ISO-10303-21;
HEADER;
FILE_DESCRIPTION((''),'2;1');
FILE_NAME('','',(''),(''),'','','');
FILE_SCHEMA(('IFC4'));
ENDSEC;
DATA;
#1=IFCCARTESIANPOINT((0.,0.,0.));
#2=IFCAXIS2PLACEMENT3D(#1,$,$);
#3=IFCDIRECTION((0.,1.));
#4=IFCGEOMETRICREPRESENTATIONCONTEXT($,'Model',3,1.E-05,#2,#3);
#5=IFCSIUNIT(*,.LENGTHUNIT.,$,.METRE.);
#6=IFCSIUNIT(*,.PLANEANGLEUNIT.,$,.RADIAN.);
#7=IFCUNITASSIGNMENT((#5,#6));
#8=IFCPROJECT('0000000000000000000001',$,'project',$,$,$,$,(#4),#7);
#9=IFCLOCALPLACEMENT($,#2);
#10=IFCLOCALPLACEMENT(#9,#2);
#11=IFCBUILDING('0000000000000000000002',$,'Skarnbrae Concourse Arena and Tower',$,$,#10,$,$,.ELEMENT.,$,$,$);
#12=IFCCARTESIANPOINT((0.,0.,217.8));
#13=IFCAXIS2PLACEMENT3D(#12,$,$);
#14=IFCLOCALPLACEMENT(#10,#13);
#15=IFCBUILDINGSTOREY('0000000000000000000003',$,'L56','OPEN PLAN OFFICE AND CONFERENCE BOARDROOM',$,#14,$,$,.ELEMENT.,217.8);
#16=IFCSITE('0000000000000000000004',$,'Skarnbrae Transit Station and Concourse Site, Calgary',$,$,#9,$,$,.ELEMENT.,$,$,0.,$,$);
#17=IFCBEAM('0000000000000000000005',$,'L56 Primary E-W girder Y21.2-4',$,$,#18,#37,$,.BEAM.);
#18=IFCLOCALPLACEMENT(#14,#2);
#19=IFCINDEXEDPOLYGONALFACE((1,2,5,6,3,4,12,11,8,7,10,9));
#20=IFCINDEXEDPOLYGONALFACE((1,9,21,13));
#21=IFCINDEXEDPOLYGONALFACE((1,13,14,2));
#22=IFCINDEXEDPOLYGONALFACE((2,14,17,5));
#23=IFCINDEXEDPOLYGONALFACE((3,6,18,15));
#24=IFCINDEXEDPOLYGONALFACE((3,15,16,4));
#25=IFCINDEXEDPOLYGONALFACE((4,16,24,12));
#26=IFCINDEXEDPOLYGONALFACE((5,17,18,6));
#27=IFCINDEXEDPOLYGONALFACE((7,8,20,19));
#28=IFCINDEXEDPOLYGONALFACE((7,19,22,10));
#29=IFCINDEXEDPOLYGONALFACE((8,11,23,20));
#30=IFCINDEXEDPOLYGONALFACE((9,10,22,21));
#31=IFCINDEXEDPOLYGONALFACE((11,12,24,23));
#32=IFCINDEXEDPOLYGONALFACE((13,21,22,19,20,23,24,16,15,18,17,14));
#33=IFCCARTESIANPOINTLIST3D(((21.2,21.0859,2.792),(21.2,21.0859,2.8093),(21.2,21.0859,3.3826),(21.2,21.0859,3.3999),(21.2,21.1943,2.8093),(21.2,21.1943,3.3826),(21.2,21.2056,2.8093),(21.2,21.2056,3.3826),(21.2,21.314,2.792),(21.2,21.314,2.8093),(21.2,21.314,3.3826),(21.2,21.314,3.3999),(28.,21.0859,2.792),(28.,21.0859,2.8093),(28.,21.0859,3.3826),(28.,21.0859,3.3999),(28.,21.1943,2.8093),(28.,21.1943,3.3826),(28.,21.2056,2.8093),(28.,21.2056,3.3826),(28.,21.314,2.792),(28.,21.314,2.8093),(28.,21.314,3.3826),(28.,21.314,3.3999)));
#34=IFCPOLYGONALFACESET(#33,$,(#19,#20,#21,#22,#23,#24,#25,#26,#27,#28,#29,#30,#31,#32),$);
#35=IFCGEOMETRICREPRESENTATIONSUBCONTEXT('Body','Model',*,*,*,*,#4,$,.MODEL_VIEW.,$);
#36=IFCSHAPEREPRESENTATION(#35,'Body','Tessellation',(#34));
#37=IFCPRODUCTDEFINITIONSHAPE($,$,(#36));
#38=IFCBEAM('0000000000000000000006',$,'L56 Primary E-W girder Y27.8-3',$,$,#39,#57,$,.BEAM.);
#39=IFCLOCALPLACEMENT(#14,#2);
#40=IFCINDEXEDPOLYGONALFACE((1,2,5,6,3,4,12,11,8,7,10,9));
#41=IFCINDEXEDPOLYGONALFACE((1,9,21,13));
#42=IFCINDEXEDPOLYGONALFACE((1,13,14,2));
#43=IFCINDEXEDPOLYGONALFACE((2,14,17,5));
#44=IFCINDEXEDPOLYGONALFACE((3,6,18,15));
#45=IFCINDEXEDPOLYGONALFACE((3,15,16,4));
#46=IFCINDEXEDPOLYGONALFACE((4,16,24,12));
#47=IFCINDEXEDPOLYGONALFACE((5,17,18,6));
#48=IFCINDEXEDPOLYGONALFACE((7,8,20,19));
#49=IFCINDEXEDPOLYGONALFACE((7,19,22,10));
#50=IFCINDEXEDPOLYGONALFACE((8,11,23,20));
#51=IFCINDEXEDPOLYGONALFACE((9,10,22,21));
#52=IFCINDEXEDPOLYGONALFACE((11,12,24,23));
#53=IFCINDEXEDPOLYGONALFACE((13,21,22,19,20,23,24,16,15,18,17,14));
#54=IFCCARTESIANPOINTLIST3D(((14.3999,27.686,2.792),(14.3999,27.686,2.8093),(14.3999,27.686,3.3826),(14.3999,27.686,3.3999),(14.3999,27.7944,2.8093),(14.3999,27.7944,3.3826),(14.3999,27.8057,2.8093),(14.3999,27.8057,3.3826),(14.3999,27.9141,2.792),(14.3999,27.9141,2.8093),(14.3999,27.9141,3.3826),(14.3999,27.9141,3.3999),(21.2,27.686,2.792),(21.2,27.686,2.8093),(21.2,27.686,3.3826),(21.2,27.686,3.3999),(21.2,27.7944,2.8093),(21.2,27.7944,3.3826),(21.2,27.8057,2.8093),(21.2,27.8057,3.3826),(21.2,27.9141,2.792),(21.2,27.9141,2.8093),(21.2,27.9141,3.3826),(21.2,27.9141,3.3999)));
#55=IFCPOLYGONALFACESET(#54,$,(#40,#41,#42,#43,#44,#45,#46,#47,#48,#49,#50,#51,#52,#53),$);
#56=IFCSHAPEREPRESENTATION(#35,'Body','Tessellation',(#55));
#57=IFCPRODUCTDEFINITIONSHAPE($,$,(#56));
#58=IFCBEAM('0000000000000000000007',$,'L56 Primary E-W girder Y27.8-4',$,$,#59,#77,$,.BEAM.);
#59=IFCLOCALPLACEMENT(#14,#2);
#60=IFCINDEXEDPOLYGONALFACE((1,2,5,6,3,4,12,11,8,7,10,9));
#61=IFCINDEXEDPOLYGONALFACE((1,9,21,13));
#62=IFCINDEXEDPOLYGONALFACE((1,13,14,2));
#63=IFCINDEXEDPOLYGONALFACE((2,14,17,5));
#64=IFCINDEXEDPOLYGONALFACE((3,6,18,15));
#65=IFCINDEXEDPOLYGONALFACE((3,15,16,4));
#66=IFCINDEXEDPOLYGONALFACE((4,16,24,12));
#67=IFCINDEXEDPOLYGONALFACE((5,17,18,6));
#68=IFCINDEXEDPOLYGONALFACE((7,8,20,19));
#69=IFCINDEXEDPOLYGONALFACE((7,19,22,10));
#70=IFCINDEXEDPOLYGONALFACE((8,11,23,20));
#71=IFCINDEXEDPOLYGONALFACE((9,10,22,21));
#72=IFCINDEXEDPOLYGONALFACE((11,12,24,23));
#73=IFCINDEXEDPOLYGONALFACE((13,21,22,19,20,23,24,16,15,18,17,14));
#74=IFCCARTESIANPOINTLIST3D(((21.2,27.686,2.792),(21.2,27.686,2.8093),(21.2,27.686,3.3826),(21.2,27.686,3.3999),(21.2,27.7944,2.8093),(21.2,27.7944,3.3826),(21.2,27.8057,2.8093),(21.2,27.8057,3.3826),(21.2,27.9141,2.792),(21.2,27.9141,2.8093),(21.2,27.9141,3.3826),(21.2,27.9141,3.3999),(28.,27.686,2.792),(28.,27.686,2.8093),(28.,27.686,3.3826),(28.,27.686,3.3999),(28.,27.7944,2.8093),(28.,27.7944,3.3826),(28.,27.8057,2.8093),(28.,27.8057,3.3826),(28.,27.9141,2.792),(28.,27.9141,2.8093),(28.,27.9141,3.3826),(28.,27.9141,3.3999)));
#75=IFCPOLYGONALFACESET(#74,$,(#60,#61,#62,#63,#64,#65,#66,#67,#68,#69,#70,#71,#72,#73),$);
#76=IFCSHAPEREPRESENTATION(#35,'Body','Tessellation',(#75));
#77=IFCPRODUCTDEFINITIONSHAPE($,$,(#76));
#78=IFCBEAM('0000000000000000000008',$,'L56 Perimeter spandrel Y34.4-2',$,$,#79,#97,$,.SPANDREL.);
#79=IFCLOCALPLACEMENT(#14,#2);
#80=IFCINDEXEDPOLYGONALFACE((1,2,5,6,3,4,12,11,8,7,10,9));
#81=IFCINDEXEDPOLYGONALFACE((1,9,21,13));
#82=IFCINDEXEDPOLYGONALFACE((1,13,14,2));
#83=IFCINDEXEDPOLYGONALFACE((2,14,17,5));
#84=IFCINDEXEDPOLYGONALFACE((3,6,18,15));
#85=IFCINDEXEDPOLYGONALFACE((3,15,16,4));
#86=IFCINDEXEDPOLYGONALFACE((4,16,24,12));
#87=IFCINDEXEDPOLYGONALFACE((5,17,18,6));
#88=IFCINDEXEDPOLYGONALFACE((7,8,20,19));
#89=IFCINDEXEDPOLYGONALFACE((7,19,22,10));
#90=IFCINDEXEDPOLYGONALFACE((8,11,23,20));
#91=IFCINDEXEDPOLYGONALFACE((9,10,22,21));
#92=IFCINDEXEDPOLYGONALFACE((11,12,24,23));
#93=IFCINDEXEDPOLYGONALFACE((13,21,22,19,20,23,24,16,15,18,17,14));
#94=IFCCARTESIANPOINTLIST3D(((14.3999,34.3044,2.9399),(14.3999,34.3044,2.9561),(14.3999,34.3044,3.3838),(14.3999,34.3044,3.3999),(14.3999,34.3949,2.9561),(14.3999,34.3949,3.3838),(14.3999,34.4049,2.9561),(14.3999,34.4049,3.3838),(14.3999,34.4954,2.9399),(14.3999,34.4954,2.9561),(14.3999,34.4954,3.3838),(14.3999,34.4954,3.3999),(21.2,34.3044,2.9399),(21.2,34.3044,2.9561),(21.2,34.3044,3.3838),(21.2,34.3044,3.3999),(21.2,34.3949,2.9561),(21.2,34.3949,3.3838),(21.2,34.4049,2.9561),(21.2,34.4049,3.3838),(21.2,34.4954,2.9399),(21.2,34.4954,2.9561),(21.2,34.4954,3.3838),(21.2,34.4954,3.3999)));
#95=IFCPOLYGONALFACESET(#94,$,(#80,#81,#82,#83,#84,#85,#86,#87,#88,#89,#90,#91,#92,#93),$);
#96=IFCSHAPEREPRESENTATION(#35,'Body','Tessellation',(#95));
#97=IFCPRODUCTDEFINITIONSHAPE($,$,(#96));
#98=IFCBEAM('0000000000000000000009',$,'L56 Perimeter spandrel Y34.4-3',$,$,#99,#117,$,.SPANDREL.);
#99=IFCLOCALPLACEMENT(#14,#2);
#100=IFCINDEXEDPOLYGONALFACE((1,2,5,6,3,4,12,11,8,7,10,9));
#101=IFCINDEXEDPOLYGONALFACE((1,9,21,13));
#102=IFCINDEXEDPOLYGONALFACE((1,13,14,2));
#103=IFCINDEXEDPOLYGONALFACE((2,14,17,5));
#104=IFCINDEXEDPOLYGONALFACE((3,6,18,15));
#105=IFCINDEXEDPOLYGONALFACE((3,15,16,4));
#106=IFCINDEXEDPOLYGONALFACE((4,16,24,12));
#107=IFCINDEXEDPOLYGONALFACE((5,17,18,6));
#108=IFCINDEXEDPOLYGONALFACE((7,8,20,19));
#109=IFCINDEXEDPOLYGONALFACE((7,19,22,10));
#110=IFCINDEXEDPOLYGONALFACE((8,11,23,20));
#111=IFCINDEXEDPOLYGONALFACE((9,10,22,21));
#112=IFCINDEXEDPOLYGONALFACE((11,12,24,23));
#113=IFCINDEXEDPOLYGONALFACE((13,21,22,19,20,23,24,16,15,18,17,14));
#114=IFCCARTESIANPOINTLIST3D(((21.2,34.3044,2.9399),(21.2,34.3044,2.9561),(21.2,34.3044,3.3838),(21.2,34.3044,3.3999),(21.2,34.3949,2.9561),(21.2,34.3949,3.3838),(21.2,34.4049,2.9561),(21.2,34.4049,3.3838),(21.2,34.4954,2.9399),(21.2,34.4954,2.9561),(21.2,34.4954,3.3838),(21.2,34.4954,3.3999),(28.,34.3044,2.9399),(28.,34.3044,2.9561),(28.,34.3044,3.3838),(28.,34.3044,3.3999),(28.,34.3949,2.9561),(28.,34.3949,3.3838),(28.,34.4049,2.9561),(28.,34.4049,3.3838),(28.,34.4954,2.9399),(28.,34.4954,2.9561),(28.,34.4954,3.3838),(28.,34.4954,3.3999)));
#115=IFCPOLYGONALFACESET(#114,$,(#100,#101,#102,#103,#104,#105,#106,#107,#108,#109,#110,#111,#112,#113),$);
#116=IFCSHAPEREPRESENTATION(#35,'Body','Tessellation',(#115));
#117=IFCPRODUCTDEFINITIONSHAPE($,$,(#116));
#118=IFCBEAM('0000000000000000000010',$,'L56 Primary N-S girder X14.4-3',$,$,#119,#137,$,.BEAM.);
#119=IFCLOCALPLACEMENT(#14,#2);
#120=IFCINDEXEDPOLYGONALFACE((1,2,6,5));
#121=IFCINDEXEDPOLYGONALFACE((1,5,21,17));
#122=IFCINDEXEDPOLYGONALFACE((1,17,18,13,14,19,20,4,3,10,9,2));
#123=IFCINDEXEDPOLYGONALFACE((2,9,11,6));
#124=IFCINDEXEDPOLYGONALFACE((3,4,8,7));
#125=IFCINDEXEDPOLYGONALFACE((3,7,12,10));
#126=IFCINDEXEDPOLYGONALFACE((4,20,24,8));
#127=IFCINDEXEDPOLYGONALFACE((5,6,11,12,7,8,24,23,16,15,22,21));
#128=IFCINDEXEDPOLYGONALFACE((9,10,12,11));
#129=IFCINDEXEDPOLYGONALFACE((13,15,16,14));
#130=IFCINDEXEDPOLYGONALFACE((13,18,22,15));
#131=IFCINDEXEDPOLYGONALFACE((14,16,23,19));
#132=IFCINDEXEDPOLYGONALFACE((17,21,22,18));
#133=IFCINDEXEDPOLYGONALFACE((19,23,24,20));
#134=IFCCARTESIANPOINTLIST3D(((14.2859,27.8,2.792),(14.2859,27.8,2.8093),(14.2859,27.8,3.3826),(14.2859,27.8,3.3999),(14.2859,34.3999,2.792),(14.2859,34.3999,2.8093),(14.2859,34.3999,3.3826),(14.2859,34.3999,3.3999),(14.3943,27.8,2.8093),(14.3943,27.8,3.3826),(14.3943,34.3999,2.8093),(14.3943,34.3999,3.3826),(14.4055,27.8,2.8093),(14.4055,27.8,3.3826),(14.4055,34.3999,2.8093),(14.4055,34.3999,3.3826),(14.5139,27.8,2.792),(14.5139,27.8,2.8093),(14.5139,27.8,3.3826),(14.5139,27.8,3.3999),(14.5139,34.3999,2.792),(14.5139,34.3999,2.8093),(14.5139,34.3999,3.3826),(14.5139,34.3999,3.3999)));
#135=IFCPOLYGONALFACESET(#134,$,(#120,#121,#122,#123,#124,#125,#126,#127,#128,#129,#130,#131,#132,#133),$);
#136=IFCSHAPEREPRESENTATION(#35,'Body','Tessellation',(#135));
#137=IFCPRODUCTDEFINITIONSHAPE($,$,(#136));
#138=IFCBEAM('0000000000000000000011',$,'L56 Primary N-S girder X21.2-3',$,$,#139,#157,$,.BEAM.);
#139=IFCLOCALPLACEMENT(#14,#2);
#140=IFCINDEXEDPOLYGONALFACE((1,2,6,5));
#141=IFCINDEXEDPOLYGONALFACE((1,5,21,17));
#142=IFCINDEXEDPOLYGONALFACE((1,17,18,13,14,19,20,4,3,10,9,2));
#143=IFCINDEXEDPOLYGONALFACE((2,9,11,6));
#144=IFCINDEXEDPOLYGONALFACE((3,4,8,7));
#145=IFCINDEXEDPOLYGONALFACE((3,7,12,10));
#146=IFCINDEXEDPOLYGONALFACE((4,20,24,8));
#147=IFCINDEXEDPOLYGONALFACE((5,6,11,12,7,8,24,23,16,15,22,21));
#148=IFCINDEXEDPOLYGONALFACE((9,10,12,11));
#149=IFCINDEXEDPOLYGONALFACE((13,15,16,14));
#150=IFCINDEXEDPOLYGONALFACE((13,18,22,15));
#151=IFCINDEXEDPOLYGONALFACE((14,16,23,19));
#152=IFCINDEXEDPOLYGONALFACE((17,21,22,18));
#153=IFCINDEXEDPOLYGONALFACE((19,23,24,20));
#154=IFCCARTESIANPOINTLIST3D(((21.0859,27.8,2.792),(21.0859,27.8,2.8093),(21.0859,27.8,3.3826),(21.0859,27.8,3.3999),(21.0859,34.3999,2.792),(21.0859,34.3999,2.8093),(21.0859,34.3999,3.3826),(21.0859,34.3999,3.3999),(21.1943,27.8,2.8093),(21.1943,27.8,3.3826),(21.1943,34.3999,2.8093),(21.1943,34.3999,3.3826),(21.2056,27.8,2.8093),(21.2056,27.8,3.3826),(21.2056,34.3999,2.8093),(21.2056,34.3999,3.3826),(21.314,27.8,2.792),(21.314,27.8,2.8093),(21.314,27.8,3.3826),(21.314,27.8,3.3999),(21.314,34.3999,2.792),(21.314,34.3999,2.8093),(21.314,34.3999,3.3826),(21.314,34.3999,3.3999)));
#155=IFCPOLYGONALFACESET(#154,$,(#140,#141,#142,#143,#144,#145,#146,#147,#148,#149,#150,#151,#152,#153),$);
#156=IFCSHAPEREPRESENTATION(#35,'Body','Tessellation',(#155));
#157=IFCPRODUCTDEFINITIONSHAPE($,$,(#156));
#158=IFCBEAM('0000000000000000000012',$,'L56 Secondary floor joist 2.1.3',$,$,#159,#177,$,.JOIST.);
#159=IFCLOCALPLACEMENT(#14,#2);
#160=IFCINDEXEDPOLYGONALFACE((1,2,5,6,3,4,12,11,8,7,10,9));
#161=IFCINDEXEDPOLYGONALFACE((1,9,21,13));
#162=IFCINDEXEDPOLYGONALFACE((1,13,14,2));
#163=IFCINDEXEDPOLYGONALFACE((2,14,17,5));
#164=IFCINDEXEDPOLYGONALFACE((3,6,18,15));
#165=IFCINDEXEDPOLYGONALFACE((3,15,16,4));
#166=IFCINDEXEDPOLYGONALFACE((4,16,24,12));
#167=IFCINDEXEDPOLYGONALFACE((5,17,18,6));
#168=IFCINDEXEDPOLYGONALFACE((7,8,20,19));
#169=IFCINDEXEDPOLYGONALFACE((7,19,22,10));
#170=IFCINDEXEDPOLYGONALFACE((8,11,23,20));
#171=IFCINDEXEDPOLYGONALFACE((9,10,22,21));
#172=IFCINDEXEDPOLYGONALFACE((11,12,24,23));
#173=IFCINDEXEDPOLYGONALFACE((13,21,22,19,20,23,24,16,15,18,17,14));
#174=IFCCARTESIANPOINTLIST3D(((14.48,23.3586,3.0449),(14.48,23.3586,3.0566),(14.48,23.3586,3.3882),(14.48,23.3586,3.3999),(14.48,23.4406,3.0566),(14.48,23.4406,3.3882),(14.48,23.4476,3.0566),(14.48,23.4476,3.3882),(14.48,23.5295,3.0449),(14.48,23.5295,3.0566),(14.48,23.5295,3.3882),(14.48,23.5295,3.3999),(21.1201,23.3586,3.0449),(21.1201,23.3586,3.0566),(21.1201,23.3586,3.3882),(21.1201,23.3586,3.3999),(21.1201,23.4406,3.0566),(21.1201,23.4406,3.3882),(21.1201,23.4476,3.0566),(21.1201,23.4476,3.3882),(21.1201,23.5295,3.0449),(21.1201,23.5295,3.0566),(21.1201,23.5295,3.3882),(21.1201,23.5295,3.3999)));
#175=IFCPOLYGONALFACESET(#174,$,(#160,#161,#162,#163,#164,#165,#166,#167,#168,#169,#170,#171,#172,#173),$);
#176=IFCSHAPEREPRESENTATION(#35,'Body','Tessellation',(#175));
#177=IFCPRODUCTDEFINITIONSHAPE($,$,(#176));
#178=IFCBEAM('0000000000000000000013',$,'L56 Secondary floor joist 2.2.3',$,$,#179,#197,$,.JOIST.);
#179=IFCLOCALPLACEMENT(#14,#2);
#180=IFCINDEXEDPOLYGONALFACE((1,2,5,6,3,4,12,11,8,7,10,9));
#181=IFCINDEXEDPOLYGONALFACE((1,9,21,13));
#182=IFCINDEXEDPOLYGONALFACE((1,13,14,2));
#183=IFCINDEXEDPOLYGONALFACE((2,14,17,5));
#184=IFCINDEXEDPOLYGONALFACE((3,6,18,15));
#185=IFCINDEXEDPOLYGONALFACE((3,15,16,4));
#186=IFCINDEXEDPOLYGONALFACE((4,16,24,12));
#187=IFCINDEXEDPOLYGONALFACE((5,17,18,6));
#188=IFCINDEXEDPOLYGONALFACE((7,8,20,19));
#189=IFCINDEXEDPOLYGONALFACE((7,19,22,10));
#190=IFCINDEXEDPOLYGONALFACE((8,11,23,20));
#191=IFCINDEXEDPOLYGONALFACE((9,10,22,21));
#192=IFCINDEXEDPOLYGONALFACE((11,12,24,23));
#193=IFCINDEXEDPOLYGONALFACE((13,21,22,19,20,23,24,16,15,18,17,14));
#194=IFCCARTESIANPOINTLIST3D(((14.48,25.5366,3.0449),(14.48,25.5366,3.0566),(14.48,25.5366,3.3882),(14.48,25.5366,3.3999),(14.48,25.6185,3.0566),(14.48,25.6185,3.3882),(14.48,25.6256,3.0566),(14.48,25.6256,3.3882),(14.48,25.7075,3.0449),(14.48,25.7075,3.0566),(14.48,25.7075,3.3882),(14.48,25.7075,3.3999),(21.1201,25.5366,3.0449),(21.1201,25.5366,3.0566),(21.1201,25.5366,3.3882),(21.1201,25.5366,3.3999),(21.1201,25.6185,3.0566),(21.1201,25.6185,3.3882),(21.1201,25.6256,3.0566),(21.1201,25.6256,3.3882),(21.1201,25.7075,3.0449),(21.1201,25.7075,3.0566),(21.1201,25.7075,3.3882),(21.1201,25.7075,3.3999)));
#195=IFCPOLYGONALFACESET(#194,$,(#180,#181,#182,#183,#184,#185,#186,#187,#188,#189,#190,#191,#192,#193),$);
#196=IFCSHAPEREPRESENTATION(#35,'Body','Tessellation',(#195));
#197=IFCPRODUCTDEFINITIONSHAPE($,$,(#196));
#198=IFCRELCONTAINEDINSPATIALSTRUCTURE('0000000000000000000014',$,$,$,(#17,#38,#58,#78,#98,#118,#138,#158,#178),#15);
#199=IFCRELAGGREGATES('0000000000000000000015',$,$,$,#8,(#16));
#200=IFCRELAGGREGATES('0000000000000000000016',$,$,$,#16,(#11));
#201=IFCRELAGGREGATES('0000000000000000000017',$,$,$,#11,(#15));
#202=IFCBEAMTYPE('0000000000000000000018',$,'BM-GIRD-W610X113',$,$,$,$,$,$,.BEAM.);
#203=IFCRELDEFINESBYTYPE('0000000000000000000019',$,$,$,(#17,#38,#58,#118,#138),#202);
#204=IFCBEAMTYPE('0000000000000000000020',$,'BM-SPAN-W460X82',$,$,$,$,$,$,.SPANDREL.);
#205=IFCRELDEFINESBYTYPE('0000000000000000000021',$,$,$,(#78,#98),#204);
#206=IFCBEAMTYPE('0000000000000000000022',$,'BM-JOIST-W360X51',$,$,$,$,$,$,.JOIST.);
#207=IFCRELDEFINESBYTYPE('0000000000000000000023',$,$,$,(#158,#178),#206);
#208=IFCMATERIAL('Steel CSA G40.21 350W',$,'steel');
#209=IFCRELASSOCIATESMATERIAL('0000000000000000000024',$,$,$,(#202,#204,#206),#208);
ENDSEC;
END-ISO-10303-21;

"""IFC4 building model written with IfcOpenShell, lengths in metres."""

from ifc_helpers import new_model, si_unit, direction, frame, origin, origin_2d, place, context, subcontext, project, spatial, i_section, extrude, source, transform, mapped, material, material_profile, profile_set, type_object, element, save


model = new_model("IFC4")

# Units and contexts
model_context = context("Model", 3, precision=1e-05, world=origin(), true_north=direction((0.0, 1.0)))
body_context = subcontext(model_context, "Body", "Model", "MODEL_VIEW")
ifc_project = project(units=[si_unit("LENGTHUNIT", "METRE"), si_unit("PLANEANGLEUNIT", "RADIAN")], contexts=[model_context])

# Site, building, storey
site_placement = place(None, origin())
site = spatial("IfcSite", under=ifc_project, at=site_placement, Name="Skarnbrae Transit Station and Concourse Site, Calgary", CompositionType="ELEMENT", RefElevation=0.0)
building_placement = place(site_placement, origin())
building = spatial("IfcBuilding", under=site, at=building_placement, Name="Skarnbrae Concourse Arena and Tower", CompositionType="ELEMENT")
storey_placement = place(building_placement, frame((0.0, 0.0, 217.8)))
storey = spatial("IfcBuildingStorey", under=building, at=storey_placement, Name="L56", Description="OPEN PLAN OFFICE AND CONFERENCE BOARDROOM", CompositionType="ELEMENT", Elevation=217.8)

# Shared definitions
ifc_material_1 = material(Name="Steel CSA G40.21 350W", Category="steel")

# Beams
ifc_material_profile_1 = material_profile(ifc_material_1, i_section(OverallWidth=0.228, OverallDepth=0.6079, WebThickness=0.0112, FlangeThickness=0.0173, at=origin_2d()), Name="W610X113")
ifc_profile_set_1 = profile_set([ifc_material_profile_1], Name="Steel CSA G40.21 350W")
beam_type_1 = type_object("IfcBeamType", Name="BM-GIRD-W610X113", PredefinedType="BEAM", material=ifc_profile_set_1)
shared_shape_1 = source(origin(), body_context, "Body", "SweptSolid", [
    extrude(i_section(OverallWidth=0.228, OverallDepth=0.6079, WebThickness=0.0112, FlangeThickness=0.0173, at=origin_2d()), origin(), (0.0, 0.0, 1.0), 6.8),
])
for number, where, z_axis, x_axis, name in (
    (1, (21.2, 21.2, 3.0959), (1.0, 0.0, 0.0), (0.0, 1.0, 0.0), "L56 Primary E-W girder Y21.2-4"),
    (2, (14.3999, 27.8, 3.0959), (1.0, 0.0, 0.0), (0.0, 1.0, 0.0), "L56 Primary E-W girder Y27.8-3"),
    (3, (21.2, 27.8, 3.0959), (1.0, 0.0, 0.0), (0.0, 1.0, 0.0), "L56 Primary E-W girder Y27.8-4"),
):
    element("IfcBeam", number, at=place(storey_placement, frame(where, z_axis=z_axis, x_axis=x_axis)), inside=storey, type_object=beam_type_1, Name=name, PredefinedType="BEAM", context=body_context, shape_type="MappedRepresentation", body=[
        mapped(shared_shape_1, transform((0.0, 0.0, 0.0))),
    ])
ifc_material_profile_2 = material_profile(ifc_material_1, i_section(OverallWidth=0.1909, OverallDepth=0.46, WebThickness=0.01, FlangeThickness=0.0161, at=origin_2d()), Name="W460X82")
ifc_profile_set_2 = profile_set([ifc_material_profile_2], Name="Steel CSA G40.21 350W")
beam_type_2 = type_object("IfcBeamType", Name="BM-SPAN-W460X82", PredefinedType="SPANDREL", material=ifc_profile_set_2)
shared_shape_2 = source(origin(), body_context, "Body", "SweptSolid", [
    extrude(i_section(OverallWidth=0.1909, OverallDepth=0.46, WebThickness=0.01, FlangeThickness=0.0161, at=origin_2d()), origin(), (0.0, 0.0, 1.0), 6.8),
])
for number, where, z_axis, x_axis, name in (
    (4, (14.3999, 34.3999, 3.1699), (1.0, 0.0, 0.0), (0.0, 1.0, 0.0), "L56 Perimeter spandrel Y34.4-2"),
    (5, (21.2, 34.3999, 3.1699), (1.0, 0.0, 0.0), (0.0, 1.0, 0.0), "L56 Perimeter spandrel Y34.4-3"),
):
    element("IfcBeam", number, at=place(storey_placement, frame(where, z_axis=z_axis, x_axis=x_axis)), inside=storey, type_object=beam_type_2, Name=name, PredefinedType="SPANDREL", context=body_context, shape_type="MappedRepresentation", body=[
        mapped(shared_shape_2, transform((0.0, 0.0, 0.0))),
    ])
shared_shape_3 = source(origin(), body_context, "Body", "SweptSolid", [
    extrude(i_section(OverallWidth=0.228, OverallDepth=0.6079, WebThickness=0.0112, FlangeThickness=0.0173, at=origin_2d()), origin(), (0.0, 0.0, 1.0), 6.5999),
])
for number, where, z_axis, x_axis, name in (
    (6, (14.3999, 27.8, 3.0959), (0.0, 1.0, 0.0), (-1.0, 0.0, 0.0), "L56 Primary N-S girder X14.4-3"),
    (7, (21.2, 27.8, 3.0959), (0.0, 1.0, 0.0), (-1.0, 0.0, 0.0), "L56 Primary N-S girder X21.2-3"),
):
    element("IfcBeam", number, at=place(storey_placement, frame(where, z_axis=z_axis, x_axis=x_axis)), inside=storey, type_object=beam_type_1, Name=name, PredefinedType="BEAM", context=body_context, shape_type="MappedRepresentation", body=[
        mapped(shared_shape_3, transform((0.0, 0.0, 0.0))),
    ])
ifc_material_profile_3 = material_profile(ifc_material_1, i_section(OverallWidth=0.1709, OverallDepth=0.355, WebThickness=0.0071, FlangeThickness=0.0117, at=origin_2d()), Name="W360X51")
ifc_profile_set_3 = profile_set([ifc_material_profile_3], Name="Steel CSA G40.21 350W")
beam_type_3 = type_object("IfcBeamType", Name="BM-JOIST-W360X51", PredefinedType="JOIST", material=ifc_profile_set_3)
shared_shape_4 = source(origin(), body_context, "Body", "SweptSolid", [
    extrude(i_section(OverallWidth=0.1709, OverallDepth=0.355, WebThickness=0.0071, FlangeThickness=0.0117, at=origin_2d()), origin(), (0.0, 0.0, 1.0), 6.6401),
])
for number, where, z_axis, x_axis, name in (
    (8, (14.48, 23.4441, 3.2224), (1.0, 0.0, 0.0), (0.0, 1.0, 0.0), "L56 Secondary floor joist 2.1.3"),
    (9, (14.48, 25.6221, 3.2224), (1.0, 0.0, 0.0), (0.0, 1.0, 0.0), "L56 Secondary floor joist 2.2.3"),
):
    element("IfcBeam", number, at=place(storey_placement, frame(where, z_axis=z_axis, x_axis=x_axis)), inside=storey, type_object=beam_type_3, Name=name, PredefinedType="JOIST", context=body_context, shape_type="MappedRepresentation", body=[
        mapped(shared_shape_4, transform((0.0, 0.0, 0.0))),
    ])

save(model, "model.ifc")
